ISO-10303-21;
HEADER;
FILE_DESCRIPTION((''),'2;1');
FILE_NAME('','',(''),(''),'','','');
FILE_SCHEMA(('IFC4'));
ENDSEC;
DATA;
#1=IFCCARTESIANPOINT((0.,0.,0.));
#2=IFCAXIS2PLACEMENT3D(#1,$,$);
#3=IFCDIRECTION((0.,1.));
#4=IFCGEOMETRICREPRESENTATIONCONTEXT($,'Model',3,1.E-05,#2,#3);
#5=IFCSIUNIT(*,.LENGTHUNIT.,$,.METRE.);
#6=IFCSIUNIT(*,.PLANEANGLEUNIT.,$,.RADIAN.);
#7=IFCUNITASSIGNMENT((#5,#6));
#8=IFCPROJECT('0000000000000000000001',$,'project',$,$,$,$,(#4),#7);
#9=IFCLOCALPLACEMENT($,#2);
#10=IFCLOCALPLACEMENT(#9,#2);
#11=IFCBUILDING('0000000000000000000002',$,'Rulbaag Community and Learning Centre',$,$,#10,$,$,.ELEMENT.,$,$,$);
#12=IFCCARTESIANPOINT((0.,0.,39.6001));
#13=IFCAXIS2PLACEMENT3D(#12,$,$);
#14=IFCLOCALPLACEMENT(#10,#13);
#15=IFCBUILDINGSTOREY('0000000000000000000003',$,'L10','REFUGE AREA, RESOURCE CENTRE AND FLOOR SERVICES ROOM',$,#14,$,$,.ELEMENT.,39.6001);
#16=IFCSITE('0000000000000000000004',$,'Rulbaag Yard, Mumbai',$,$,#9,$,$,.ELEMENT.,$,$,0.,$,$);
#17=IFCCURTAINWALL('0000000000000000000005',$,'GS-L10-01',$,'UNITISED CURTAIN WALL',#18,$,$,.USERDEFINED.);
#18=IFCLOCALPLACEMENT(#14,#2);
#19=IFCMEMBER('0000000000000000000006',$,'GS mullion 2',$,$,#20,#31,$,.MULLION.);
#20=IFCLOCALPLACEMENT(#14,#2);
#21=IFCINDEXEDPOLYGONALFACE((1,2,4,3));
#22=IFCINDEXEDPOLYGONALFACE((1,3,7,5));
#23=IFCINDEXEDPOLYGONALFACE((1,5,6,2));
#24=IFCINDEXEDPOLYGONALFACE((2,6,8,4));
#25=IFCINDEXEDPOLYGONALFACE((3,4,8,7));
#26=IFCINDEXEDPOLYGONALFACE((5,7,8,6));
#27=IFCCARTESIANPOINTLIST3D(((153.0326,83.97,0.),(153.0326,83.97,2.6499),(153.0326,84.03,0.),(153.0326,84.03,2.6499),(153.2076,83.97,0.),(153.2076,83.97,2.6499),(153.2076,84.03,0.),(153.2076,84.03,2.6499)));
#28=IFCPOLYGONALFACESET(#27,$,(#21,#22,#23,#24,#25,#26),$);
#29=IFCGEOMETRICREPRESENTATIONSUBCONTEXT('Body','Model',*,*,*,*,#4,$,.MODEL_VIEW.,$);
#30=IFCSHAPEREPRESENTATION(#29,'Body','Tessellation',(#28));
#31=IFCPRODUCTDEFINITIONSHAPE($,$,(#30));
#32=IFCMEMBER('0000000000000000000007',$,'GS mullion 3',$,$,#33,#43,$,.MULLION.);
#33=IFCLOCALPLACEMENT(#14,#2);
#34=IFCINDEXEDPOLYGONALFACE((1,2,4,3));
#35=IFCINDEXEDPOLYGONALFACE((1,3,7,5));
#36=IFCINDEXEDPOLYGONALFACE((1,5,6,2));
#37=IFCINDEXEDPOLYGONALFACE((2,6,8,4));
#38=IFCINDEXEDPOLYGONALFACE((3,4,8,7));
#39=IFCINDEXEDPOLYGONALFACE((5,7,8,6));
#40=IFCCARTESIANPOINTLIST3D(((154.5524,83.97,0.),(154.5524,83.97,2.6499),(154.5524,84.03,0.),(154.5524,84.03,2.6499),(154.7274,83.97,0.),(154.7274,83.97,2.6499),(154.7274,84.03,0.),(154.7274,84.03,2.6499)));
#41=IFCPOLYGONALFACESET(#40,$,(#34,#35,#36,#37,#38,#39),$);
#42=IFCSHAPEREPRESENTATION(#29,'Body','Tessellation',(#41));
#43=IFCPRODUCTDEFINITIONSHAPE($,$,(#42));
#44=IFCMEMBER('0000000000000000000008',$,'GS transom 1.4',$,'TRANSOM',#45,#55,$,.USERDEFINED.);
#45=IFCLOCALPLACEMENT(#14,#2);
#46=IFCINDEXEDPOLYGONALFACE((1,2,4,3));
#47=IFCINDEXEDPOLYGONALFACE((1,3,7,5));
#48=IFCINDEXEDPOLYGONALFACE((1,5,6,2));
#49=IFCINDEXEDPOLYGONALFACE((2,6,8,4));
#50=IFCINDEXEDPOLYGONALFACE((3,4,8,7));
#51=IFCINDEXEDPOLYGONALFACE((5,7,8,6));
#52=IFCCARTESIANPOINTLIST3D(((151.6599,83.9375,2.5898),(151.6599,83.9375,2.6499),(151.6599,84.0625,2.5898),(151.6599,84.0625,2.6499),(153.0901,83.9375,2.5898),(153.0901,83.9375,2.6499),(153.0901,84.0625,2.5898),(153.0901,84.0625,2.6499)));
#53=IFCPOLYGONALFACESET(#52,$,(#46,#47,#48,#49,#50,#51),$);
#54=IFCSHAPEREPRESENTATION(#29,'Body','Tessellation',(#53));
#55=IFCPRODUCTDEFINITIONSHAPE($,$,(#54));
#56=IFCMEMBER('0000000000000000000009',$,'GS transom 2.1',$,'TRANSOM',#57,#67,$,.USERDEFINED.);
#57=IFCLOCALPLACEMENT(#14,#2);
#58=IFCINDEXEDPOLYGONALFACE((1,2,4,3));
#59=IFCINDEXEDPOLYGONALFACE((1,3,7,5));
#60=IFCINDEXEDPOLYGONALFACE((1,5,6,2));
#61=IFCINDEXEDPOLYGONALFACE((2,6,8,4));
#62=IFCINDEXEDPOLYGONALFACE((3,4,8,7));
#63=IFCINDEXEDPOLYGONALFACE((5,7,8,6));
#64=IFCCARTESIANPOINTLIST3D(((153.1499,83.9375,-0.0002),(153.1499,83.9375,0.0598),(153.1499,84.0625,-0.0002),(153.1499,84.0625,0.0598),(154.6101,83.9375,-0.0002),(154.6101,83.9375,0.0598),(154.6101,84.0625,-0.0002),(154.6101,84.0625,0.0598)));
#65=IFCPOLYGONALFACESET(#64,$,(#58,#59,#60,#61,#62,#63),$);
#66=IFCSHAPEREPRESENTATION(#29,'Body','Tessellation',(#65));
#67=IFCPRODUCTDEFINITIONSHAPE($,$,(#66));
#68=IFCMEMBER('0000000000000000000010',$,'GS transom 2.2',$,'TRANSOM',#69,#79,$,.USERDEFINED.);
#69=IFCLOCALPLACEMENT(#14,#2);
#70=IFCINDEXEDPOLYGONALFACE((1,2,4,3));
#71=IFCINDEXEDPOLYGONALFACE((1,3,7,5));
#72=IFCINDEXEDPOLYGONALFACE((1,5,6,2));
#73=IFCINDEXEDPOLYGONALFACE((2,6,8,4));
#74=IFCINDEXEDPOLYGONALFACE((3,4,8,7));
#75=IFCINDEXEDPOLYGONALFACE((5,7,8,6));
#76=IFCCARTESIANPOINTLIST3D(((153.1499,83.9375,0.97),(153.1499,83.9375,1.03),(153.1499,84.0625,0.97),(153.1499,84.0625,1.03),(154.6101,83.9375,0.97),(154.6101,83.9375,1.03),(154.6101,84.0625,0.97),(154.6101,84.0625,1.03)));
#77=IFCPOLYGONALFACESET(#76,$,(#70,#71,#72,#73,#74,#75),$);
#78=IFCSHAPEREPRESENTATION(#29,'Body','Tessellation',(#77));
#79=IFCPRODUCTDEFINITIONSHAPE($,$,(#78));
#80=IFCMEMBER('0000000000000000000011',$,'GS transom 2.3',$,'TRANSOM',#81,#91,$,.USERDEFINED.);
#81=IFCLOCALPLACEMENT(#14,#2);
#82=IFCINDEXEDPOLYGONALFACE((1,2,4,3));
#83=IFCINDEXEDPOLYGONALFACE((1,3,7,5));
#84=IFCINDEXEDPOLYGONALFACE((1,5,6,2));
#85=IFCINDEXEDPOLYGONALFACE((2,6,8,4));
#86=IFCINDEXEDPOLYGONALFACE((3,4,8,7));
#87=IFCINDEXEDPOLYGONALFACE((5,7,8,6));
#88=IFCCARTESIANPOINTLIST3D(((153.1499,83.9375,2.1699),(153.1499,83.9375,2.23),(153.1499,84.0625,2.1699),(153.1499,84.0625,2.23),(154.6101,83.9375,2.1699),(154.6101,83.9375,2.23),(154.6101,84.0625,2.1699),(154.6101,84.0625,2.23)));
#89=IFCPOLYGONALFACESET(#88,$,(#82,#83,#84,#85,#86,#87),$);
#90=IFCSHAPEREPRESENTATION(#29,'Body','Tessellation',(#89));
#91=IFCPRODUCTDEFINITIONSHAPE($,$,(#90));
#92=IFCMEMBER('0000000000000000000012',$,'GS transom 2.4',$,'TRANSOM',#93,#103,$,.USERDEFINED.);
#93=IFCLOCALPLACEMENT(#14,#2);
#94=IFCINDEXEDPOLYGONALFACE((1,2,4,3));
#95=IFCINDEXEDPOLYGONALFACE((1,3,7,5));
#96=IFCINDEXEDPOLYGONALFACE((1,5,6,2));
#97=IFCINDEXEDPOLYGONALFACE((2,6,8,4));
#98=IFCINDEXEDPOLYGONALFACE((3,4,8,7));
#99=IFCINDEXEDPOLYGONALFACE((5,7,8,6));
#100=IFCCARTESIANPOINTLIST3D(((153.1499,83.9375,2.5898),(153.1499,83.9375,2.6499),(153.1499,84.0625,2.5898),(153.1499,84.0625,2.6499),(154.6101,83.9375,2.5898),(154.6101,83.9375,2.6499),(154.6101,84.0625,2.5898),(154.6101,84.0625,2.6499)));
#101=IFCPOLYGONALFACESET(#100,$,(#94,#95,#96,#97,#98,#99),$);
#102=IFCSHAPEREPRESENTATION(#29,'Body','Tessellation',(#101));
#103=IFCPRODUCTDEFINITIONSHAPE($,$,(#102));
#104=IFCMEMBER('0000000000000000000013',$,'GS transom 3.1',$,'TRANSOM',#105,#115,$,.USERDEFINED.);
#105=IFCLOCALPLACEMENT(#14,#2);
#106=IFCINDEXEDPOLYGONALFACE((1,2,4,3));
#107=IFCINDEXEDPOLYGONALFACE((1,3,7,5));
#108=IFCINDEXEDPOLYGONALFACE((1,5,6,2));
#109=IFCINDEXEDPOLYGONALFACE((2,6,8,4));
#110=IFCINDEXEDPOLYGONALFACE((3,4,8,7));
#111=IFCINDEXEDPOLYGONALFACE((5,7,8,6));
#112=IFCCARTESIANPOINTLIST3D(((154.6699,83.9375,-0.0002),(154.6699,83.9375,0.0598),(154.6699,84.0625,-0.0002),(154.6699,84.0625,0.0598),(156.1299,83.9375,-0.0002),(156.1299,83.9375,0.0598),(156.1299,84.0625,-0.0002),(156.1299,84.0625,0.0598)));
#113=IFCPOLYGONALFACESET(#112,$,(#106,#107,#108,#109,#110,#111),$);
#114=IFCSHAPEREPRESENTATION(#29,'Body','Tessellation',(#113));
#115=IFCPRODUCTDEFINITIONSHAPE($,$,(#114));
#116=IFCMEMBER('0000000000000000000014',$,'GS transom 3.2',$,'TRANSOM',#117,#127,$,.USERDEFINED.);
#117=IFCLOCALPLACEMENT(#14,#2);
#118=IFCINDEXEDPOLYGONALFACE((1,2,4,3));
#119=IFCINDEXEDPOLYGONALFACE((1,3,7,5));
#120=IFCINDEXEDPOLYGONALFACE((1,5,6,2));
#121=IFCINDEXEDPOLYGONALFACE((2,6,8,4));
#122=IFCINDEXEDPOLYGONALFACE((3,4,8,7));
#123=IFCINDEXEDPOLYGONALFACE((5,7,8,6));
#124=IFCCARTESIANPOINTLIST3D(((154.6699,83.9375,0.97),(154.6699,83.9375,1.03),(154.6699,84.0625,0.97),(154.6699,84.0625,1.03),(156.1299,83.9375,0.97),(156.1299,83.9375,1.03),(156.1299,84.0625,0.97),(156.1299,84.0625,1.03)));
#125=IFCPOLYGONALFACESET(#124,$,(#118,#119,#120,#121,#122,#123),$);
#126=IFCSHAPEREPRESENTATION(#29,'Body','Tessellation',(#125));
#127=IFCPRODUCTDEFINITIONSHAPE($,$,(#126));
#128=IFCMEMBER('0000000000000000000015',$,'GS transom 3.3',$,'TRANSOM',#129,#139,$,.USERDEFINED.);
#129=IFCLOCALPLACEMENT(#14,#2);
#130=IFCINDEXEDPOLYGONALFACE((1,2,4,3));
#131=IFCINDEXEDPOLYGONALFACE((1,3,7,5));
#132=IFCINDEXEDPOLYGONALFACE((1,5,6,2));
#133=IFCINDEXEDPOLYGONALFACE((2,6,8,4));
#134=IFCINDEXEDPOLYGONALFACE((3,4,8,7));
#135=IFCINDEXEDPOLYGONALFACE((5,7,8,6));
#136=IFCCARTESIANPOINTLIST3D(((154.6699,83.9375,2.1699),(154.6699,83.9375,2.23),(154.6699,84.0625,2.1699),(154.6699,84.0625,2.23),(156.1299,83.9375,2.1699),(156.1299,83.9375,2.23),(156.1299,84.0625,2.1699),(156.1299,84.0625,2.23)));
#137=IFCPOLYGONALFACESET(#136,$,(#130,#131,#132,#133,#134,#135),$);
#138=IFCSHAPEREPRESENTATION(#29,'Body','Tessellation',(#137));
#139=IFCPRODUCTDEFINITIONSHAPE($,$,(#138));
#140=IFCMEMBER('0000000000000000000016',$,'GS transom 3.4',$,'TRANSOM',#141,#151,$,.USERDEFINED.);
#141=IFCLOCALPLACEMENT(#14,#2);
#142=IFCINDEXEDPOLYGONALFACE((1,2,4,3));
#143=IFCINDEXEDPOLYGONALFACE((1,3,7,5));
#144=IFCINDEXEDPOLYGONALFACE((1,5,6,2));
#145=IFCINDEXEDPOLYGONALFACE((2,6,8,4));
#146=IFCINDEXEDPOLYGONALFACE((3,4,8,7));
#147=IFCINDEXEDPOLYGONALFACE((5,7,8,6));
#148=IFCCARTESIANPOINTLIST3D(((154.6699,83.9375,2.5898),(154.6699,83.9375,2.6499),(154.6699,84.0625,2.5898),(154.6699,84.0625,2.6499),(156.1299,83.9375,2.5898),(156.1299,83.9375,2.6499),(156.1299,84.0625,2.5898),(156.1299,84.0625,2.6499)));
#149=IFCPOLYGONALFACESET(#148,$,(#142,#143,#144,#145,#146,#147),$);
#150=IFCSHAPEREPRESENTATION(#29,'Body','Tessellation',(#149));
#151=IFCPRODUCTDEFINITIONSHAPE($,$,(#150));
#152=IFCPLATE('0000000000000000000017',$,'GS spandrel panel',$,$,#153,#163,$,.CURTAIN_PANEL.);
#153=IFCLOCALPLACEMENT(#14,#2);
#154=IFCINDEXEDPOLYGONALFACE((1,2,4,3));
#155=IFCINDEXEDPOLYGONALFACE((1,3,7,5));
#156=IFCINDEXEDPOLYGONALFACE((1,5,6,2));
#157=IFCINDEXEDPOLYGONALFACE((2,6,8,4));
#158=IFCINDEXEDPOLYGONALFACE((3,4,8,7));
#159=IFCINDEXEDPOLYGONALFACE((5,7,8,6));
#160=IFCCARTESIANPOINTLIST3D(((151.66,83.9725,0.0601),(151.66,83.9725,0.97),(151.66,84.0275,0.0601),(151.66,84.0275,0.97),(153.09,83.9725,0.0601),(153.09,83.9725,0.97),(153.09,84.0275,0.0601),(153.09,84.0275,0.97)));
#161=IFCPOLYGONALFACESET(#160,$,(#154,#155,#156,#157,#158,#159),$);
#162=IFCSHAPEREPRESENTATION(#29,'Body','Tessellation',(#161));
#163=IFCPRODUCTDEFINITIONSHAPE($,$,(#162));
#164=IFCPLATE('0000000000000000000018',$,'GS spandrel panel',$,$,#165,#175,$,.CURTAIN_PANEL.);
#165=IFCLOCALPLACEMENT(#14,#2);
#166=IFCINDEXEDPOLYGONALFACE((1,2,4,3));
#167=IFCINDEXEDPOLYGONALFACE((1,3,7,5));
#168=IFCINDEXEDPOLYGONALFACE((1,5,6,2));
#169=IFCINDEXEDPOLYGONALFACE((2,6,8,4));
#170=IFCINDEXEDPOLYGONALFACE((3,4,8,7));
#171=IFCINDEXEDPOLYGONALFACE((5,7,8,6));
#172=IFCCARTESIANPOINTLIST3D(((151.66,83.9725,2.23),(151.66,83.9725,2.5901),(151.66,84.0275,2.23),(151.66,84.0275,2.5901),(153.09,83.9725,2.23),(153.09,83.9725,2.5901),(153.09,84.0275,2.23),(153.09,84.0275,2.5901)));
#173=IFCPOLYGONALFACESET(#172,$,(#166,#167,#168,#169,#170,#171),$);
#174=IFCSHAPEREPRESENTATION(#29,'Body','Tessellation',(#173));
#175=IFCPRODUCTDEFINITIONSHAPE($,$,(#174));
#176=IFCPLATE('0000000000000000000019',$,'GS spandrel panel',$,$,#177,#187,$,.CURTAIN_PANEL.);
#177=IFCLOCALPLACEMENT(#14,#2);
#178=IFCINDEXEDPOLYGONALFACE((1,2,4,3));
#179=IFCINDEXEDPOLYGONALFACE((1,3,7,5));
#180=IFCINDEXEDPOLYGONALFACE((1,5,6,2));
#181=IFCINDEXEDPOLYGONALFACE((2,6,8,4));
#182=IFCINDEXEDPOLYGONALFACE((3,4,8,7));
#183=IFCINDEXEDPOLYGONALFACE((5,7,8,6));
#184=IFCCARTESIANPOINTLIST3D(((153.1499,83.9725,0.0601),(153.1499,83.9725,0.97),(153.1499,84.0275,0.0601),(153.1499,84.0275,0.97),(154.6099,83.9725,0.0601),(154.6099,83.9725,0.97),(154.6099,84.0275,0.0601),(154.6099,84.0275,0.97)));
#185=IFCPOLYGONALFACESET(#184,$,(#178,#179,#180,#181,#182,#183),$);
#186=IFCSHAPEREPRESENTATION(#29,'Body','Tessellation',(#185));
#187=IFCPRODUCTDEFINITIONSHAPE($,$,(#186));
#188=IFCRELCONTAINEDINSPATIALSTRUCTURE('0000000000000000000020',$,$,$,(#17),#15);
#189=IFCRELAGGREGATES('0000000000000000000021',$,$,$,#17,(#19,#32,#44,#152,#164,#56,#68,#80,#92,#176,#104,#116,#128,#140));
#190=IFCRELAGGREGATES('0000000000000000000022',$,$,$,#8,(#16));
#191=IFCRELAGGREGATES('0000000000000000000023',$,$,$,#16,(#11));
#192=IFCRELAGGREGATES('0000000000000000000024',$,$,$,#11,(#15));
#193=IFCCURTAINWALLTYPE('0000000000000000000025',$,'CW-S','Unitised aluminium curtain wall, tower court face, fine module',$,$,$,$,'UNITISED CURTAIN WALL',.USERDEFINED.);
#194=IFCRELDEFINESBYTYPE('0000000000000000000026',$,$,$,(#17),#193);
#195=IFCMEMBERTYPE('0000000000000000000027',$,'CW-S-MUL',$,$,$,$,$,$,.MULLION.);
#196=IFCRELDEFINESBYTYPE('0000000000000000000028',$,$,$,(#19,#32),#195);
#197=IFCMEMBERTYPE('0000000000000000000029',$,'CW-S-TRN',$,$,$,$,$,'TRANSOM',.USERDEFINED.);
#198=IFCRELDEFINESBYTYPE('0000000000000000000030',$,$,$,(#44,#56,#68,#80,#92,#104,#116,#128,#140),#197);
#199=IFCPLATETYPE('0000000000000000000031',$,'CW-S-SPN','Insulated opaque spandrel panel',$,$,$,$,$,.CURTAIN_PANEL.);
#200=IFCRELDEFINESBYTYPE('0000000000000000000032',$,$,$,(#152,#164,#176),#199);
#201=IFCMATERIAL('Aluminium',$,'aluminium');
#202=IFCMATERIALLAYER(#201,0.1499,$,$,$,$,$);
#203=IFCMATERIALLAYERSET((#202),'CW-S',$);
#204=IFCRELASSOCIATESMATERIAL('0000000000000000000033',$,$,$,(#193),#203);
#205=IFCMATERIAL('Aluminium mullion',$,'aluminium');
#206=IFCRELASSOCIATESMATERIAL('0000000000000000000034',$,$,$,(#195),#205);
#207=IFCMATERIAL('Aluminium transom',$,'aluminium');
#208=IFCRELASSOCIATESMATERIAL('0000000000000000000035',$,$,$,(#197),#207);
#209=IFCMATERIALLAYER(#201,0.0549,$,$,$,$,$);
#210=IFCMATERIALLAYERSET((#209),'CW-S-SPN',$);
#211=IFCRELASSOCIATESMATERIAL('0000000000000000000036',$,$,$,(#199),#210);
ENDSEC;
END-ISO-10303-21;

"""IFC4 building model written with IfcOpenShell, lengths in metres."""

from ifc_helpers import new_model, si_unit, direction, frame, origin, origin_2d, place, context, subcontext, project, spatial, rectangle, extrude, material, layer, layer_set, material_profile, profile_set, type_object, element, aggregate, save


model = new_model("IFC4")

# Units and contexts
model_context = context("Model", 3, precision=1e-05, world=origin(), true_north=direction((0.0, 1.0)))
body_context = subcontext(model_context, "Body", "Model", "MODEL_VIEW")
ifc_project = project(units=[si_unit("LENGTHUNIT", "METRE"), si_unit("PLANEANGLEUNIT", "RADIAN")], contexts=[model_context])

# Site, building, storey
site_placement = place(None, origin())
site = spatial("IfcSite", under=ifc_project, at=site_placement, Name="Rulbaag Yard, Mumbai", CompositionType="ELEMENT", RefElevation=0.0)
building_placement = place(site_placement, origin())
building = spatial("IfcBuilding", under=site, at=building_placement, Name="Rulbaag Community and Learning Centre", CompositionType="ELEMENT")
storey_placement = place(building_placement, frame((0.0, 0.0, 39.6001)))
storey = spatial("IfcBuildingStorey", under=building, at=storey_placement, Name="L10", Description="REFUGE AREA, RESOURCE CENTRE AND FLOOR SERVICES ROOM", CompositionType="ELEMENT", Elevation=39.6001)

# Curtain wall, members, plates
ifc_material_1 = material(Name="Aluminium", Category="aluminium")
ifc_layer_1 = layer(ifc_material_1, 0.1499)
ifc_layer_set_1 = layer_set([ifc_layer_1], Name="CW-S")
curtain_wall_type = type_object("IfcCurtainWallType", Name="CW-S", Description="Unitised aluminium curtain wall, tower court face, fine module", ElementType="UNITISED CURTAIN WALL", PredefinedType="USERDEFINED", material=ifc_layer_set_1)
curtain_wall_placement = place(storey_placement, origin())
curtain_wall = element("IfcCurtainWall", 1, at=curtain_wall_placement, inside=storey, type_object=curtain_wall_type, Name="GS-L10-01", ObjectType="UNITISED CURTAIN WALL", PredefinedType="USERDEFINED")
ifc_material_2 = material(Name="Aluminium mullion", Category="aluminium")
ifc_material_profile_1 = material_profile(ifc_material_2, rectangle(XDim=0.0601, YDim=0.175, at=origin_2d()), Name="AL 60x175")
ifc_profile_set_1 = profile_set([ifc_material_profile_1], Name="Aluminium mullion")
member_type_1 = type_object("IfcMemberType", Name="CW-S-MUL", PredefinedType="MULLION", material=ifc_profile_set_1)
member_1_placement = place(storey_placement, frame((153.1201, 84.0, 0.0), z_axis=(0.0, 0.0, 1.0), x_axis=(0.0, 1.0, 0.0)))
member_1 = element("IfcMember", 2, at=member_1_placement, type_object=member_type_1, Name="GS mullion 2", PredefinedType="MULLION", context=body_context, shape_type="SweptSolid", body=[
    extrude(rectangle(XDim=0.0601, YDim=0.175, at=origin_2d()), origin(), (0.0, 0.0, 1.0), 2.6499),
])
member_2_placement = place(storey_placement, frame((154.6399, 84.0, 0.0), z_axis=(0.0, 0.0, 1.0), x_axis=(0.0, 1.0, 0.0)))
member_2 = element("IfcMember", 3, at=member_2_placement, type_object=member_type_1, Name="GS mullion 3", PredefinedType="MULLION", context=body_context, shape_type="SweptSolid", body=[
    extrude(rectangle(XDim=0.0601, YDim=0.175, at=origin_2d()), origin(), (0.0, 0.0, 1.0), 2.6499),
])
ifc_material_3 = material(Name="Aluminium transom", Category="aluminium")
ifc_material_profile_2 = material_profile(ifc_material_3, rectangle(XDim=0.125, YDim=0.0601, at=origin_2d()), Name="AL 60x125 T")
ifc_profile_set_2 = profile_set([ifc_material_profile_2], Name="Aluminium transom")
member_type_2 = type_object("IfcMemberType", Name="CW-S-TRN", ElementType="TRANSOM", PredefinedType="USERDEFINED", material=ifc_profile_set_2)
member_3_placement = place(storey_placement, frame((151.6599, 84.0, 2.6199), z_axis=(1.0, 0.0, 0.0), x_axis=(0.0, 1.0, 0.0)))
member_3 = element("IfcMember", 4, at=member_3_placement, type_object=member_type_2, Name="GS transom 1.4", ObjectType="TRANSOM", PredefinedType="USERDEFINED", context=body_context, shape_type="SweptSolid", body=[
    extrude(rectangle(XDim=0.125, YDim=0.0601, at=origin_2d()), origin(), (0.0, 0.0, 1.0), 1.4302),
])
member_4_placement = place(storey_placement, frame((153.1499, 84.0, 0.0298), z_axis=(1.0, 0.0, 0.0), x_axis=(0.0, 1.0, 0.0)))
member_4 = element("IfcMember", 5, at=member_4_placement, type_object=member_type_2, Name="GS transom 2.1", ObjectType="TRANSOM", PredefinedType="USERDEFINED", context=body_context, shape_type="SweptSolid", body=[
    extrude(rectangle(XDim=0.125, YDim=0.0601, at=origin_2d()), origin(), (0.0, 0.0, 1.0), 1.4602),
])
member_5_placement = place(storey_placement, frame((153.1499, 84.0, 1.0), z_axis=(1.0, 0.0, 0.0), x_axis=(0.0, 1.0, 0.0)))
member_5 = element("IfcMember", 6, at=member_5_placement, type_object=member_type_2, Name="GS transom 2.2", ObjectType="TRANSOM", PredefinedType="USERDEFINED", context=body_context, shape_type="SweptSolid", body=[
    extrude(rectangle(XDim=0.125, YDim=0.0601, at=origin_2d()), origin(), (0.0, 0.0, 1.0), 1.4602),
])
member_6_placement = place(storey_placement, frame((153.1499, 84.0, 2.2), z_axis=(1.0, 0.0, 0.0), x_axis=(0.0, 1.0, 0.0)))
member_6 = element("IfcMember", 7, at=member_6_placement, type_object=member_type_2, Name="GS transom 2.3", ObjectType="TRANSOM", PredefinedType="USERDEFINED", context=body_context, shape_type="SweptSolid", body=[
    extrude(rectangle(XDim=0.125, YDim=0.0601, at=origin_2d()), origin(), (0.0, 0.0, 1.0), 1.4602),
])
member_7_placement = place(storey_placement, frame((153.1499, 84.0, 2.6199), z_axis=(1.0, 0.0, 0.0), x_axis=(0.0, 1.0, 0.0)))
member_7 = element("IfcMember", 8, at=member_7_placement, type_object=member_type_2, Name="GS transom 2.4", ObjectType="TRANSOM", PredefinedType="USERDEFINED", context=body_context, shape_type="SweptSolid", body=[
    extrude(rectangle(XDim=0.125, YDim=0.0601, at=origin_2d()), origin(), (0.0, 0.0, 1.0), 1.4602),
])
member_8_placement = place(storey_placement, frame((154.6699, 84.0, 0.0298), z_axis=(1.0, 0.0, 0.0), x_axis=(0.0, 1.0, 0.0)))
member_8 = element("IfcMember", 9, at=member_8_placement, type_object=member_type_2, Name="GS transom 3.1", ObjectType="TRANSOM", PredefinedType="USERDEFINED", context=body_context, shape_type="SweptSolid", body=[
    extrude(rectangle(XDim=0.125, YDim=0.0601, at=origin_2d()), origin(), (0.0, 0.0, 1.0), 1.46),
])
member_9_placement = place(storey_placement, frame((154.6699, 84.0, 1.0), z_axis=(1.0, 0.0, 0.0), x_axis=(0.0, 1.0, 0.0)))
member_9 = element("IfcMember", 10, at=member_9_placement, type_object=member_type_2, Name="GS transom 3.2", ObjectType="TRANSOM", PredefinedType="USERDEFINED", context=body_context, shape_type="SweptSolid", body=[
    extrude(rectangle(XDim=0.125, YDim=0.0601, at=origin_2d()), origin(), (0.0, 0.0, 1.0), 1.46),
])
member_10_placement = place(storey_placement, frame((154.6699, 84.0, 2.2), z_axis=(1.0, 0.0, 0.0), x_axis=(0.0, 1.0, 0.0)))
member_10 = element("IfcMember", 11, at=member_10_placement, type_object=member_type_2, Name="GS transom 3.3", ObjectType="TRANSOM", PredefinedType="USERDEFINED", context=body_context, shape_type="SweptSolid", body=[
    extrude(rectangle(XDim=0.125, YDim=0.0601, at=origin_2d()), origin(), (0.0, 0.0, 1.0), 1.46),
])
member_11_placement = place(storey_placement, frame((154.6699, 84.0, 2.6199), z_axis=(1.0, 0.0, 0.0), x_axis=(0.0, 1.0, 0.0)))
member_11 = element("IfcMember", 12, at=member_11_placement, type_object=member_type_2, Name="GS transom 3.4", ObjectType="TRANSOM", PredefinedType="USERDEFINED", context=body_context, shape_type="SweptSolid", body=[
    extrude(rectangle(XDim=0.125, YDim=0.0601, at=origin_2d()), origin(), (0.0, 0.0, 1.0), 1.46),
])
ifc_layer_2 = layer(ifc_material_1, 0.0549)
ifc_layer_set_2 = layer_set([ifc_layer_2], Name="CW-S-SPN")
plate_type_1 = type_object("IfcPlateType", Name="CW-S-SPN", Description="Insulated opaque spandrel panel", PredefinedType="CURTAIN_PANEL", material=ifc_layer_set_2)
plate_1_placement = place(storey_placement, frame((152.375, 84.0, 0.0601), z_axis=(0.0, 0.0, 1.0), x_axis=(1.0, 0.0, 0.0)))
plate_1 = element("IfcPlate", 13, at=plate_1_placement, type_object=plate_type_1, Name="GS spandrel panel", PredefinedType="CURTAIN_PANEL", context=body_context, shape_type="SweptSolid", body=[
    extrude(rectangle(XDim=1.4299, YDim=0.0549, at=origin_2d()), origin(), (0.0, 0.0, 1.0), 0.9099),
])
plate_2_placement = place(storey_placement, frame((152.375, 84.0, 2.23), z_axis=(0.0, 0.0, 1.0), x_axis=(1.0, 0.0, 0.0)))
plate_2 = element("IfcPlate", 14, at=plate_2_placement, type_object=plate_type_1, Name="GS spandrel panel", PredefinedType="CURTAIN_PANEL", context=body_context, shape_type="SweptSolid", body=[
    extrude(rectangle(XDim=1.4299, YDim=0.0549, at=origin_2d()), origin(), (0.0, 0.0, 1.0), 0.3601),
])
plate_3_placement = place(storey_placement, frame((153.8799, 84.0, 0.0601), z_axis=(0.0, 0.0, 1.0), x_axis=(1.0, 0.0, 0.0)))
plate_3 = element("IfcPlate", 15, at=plate_3_placement, type_object=plate_type_1, Name="GS spandrel panel", PredefinedType="CURTAIN_PANEL", context=body_context, shape_type="SweptSolid", body=[
    extrude(rectangle(XDim=1.46, YDim=0.0549, at=origin_2d()), origin(), (0.0, 0.0, 1.0), 0.9099),
])
aggregate(curtain_wall, [member_1, member_2, member_3, plate_1, plate_2, member_4, member_5, member_6, member_7, plate_3, member_8, member_9, member_10, member_11])

save(model, "model.ifc")
